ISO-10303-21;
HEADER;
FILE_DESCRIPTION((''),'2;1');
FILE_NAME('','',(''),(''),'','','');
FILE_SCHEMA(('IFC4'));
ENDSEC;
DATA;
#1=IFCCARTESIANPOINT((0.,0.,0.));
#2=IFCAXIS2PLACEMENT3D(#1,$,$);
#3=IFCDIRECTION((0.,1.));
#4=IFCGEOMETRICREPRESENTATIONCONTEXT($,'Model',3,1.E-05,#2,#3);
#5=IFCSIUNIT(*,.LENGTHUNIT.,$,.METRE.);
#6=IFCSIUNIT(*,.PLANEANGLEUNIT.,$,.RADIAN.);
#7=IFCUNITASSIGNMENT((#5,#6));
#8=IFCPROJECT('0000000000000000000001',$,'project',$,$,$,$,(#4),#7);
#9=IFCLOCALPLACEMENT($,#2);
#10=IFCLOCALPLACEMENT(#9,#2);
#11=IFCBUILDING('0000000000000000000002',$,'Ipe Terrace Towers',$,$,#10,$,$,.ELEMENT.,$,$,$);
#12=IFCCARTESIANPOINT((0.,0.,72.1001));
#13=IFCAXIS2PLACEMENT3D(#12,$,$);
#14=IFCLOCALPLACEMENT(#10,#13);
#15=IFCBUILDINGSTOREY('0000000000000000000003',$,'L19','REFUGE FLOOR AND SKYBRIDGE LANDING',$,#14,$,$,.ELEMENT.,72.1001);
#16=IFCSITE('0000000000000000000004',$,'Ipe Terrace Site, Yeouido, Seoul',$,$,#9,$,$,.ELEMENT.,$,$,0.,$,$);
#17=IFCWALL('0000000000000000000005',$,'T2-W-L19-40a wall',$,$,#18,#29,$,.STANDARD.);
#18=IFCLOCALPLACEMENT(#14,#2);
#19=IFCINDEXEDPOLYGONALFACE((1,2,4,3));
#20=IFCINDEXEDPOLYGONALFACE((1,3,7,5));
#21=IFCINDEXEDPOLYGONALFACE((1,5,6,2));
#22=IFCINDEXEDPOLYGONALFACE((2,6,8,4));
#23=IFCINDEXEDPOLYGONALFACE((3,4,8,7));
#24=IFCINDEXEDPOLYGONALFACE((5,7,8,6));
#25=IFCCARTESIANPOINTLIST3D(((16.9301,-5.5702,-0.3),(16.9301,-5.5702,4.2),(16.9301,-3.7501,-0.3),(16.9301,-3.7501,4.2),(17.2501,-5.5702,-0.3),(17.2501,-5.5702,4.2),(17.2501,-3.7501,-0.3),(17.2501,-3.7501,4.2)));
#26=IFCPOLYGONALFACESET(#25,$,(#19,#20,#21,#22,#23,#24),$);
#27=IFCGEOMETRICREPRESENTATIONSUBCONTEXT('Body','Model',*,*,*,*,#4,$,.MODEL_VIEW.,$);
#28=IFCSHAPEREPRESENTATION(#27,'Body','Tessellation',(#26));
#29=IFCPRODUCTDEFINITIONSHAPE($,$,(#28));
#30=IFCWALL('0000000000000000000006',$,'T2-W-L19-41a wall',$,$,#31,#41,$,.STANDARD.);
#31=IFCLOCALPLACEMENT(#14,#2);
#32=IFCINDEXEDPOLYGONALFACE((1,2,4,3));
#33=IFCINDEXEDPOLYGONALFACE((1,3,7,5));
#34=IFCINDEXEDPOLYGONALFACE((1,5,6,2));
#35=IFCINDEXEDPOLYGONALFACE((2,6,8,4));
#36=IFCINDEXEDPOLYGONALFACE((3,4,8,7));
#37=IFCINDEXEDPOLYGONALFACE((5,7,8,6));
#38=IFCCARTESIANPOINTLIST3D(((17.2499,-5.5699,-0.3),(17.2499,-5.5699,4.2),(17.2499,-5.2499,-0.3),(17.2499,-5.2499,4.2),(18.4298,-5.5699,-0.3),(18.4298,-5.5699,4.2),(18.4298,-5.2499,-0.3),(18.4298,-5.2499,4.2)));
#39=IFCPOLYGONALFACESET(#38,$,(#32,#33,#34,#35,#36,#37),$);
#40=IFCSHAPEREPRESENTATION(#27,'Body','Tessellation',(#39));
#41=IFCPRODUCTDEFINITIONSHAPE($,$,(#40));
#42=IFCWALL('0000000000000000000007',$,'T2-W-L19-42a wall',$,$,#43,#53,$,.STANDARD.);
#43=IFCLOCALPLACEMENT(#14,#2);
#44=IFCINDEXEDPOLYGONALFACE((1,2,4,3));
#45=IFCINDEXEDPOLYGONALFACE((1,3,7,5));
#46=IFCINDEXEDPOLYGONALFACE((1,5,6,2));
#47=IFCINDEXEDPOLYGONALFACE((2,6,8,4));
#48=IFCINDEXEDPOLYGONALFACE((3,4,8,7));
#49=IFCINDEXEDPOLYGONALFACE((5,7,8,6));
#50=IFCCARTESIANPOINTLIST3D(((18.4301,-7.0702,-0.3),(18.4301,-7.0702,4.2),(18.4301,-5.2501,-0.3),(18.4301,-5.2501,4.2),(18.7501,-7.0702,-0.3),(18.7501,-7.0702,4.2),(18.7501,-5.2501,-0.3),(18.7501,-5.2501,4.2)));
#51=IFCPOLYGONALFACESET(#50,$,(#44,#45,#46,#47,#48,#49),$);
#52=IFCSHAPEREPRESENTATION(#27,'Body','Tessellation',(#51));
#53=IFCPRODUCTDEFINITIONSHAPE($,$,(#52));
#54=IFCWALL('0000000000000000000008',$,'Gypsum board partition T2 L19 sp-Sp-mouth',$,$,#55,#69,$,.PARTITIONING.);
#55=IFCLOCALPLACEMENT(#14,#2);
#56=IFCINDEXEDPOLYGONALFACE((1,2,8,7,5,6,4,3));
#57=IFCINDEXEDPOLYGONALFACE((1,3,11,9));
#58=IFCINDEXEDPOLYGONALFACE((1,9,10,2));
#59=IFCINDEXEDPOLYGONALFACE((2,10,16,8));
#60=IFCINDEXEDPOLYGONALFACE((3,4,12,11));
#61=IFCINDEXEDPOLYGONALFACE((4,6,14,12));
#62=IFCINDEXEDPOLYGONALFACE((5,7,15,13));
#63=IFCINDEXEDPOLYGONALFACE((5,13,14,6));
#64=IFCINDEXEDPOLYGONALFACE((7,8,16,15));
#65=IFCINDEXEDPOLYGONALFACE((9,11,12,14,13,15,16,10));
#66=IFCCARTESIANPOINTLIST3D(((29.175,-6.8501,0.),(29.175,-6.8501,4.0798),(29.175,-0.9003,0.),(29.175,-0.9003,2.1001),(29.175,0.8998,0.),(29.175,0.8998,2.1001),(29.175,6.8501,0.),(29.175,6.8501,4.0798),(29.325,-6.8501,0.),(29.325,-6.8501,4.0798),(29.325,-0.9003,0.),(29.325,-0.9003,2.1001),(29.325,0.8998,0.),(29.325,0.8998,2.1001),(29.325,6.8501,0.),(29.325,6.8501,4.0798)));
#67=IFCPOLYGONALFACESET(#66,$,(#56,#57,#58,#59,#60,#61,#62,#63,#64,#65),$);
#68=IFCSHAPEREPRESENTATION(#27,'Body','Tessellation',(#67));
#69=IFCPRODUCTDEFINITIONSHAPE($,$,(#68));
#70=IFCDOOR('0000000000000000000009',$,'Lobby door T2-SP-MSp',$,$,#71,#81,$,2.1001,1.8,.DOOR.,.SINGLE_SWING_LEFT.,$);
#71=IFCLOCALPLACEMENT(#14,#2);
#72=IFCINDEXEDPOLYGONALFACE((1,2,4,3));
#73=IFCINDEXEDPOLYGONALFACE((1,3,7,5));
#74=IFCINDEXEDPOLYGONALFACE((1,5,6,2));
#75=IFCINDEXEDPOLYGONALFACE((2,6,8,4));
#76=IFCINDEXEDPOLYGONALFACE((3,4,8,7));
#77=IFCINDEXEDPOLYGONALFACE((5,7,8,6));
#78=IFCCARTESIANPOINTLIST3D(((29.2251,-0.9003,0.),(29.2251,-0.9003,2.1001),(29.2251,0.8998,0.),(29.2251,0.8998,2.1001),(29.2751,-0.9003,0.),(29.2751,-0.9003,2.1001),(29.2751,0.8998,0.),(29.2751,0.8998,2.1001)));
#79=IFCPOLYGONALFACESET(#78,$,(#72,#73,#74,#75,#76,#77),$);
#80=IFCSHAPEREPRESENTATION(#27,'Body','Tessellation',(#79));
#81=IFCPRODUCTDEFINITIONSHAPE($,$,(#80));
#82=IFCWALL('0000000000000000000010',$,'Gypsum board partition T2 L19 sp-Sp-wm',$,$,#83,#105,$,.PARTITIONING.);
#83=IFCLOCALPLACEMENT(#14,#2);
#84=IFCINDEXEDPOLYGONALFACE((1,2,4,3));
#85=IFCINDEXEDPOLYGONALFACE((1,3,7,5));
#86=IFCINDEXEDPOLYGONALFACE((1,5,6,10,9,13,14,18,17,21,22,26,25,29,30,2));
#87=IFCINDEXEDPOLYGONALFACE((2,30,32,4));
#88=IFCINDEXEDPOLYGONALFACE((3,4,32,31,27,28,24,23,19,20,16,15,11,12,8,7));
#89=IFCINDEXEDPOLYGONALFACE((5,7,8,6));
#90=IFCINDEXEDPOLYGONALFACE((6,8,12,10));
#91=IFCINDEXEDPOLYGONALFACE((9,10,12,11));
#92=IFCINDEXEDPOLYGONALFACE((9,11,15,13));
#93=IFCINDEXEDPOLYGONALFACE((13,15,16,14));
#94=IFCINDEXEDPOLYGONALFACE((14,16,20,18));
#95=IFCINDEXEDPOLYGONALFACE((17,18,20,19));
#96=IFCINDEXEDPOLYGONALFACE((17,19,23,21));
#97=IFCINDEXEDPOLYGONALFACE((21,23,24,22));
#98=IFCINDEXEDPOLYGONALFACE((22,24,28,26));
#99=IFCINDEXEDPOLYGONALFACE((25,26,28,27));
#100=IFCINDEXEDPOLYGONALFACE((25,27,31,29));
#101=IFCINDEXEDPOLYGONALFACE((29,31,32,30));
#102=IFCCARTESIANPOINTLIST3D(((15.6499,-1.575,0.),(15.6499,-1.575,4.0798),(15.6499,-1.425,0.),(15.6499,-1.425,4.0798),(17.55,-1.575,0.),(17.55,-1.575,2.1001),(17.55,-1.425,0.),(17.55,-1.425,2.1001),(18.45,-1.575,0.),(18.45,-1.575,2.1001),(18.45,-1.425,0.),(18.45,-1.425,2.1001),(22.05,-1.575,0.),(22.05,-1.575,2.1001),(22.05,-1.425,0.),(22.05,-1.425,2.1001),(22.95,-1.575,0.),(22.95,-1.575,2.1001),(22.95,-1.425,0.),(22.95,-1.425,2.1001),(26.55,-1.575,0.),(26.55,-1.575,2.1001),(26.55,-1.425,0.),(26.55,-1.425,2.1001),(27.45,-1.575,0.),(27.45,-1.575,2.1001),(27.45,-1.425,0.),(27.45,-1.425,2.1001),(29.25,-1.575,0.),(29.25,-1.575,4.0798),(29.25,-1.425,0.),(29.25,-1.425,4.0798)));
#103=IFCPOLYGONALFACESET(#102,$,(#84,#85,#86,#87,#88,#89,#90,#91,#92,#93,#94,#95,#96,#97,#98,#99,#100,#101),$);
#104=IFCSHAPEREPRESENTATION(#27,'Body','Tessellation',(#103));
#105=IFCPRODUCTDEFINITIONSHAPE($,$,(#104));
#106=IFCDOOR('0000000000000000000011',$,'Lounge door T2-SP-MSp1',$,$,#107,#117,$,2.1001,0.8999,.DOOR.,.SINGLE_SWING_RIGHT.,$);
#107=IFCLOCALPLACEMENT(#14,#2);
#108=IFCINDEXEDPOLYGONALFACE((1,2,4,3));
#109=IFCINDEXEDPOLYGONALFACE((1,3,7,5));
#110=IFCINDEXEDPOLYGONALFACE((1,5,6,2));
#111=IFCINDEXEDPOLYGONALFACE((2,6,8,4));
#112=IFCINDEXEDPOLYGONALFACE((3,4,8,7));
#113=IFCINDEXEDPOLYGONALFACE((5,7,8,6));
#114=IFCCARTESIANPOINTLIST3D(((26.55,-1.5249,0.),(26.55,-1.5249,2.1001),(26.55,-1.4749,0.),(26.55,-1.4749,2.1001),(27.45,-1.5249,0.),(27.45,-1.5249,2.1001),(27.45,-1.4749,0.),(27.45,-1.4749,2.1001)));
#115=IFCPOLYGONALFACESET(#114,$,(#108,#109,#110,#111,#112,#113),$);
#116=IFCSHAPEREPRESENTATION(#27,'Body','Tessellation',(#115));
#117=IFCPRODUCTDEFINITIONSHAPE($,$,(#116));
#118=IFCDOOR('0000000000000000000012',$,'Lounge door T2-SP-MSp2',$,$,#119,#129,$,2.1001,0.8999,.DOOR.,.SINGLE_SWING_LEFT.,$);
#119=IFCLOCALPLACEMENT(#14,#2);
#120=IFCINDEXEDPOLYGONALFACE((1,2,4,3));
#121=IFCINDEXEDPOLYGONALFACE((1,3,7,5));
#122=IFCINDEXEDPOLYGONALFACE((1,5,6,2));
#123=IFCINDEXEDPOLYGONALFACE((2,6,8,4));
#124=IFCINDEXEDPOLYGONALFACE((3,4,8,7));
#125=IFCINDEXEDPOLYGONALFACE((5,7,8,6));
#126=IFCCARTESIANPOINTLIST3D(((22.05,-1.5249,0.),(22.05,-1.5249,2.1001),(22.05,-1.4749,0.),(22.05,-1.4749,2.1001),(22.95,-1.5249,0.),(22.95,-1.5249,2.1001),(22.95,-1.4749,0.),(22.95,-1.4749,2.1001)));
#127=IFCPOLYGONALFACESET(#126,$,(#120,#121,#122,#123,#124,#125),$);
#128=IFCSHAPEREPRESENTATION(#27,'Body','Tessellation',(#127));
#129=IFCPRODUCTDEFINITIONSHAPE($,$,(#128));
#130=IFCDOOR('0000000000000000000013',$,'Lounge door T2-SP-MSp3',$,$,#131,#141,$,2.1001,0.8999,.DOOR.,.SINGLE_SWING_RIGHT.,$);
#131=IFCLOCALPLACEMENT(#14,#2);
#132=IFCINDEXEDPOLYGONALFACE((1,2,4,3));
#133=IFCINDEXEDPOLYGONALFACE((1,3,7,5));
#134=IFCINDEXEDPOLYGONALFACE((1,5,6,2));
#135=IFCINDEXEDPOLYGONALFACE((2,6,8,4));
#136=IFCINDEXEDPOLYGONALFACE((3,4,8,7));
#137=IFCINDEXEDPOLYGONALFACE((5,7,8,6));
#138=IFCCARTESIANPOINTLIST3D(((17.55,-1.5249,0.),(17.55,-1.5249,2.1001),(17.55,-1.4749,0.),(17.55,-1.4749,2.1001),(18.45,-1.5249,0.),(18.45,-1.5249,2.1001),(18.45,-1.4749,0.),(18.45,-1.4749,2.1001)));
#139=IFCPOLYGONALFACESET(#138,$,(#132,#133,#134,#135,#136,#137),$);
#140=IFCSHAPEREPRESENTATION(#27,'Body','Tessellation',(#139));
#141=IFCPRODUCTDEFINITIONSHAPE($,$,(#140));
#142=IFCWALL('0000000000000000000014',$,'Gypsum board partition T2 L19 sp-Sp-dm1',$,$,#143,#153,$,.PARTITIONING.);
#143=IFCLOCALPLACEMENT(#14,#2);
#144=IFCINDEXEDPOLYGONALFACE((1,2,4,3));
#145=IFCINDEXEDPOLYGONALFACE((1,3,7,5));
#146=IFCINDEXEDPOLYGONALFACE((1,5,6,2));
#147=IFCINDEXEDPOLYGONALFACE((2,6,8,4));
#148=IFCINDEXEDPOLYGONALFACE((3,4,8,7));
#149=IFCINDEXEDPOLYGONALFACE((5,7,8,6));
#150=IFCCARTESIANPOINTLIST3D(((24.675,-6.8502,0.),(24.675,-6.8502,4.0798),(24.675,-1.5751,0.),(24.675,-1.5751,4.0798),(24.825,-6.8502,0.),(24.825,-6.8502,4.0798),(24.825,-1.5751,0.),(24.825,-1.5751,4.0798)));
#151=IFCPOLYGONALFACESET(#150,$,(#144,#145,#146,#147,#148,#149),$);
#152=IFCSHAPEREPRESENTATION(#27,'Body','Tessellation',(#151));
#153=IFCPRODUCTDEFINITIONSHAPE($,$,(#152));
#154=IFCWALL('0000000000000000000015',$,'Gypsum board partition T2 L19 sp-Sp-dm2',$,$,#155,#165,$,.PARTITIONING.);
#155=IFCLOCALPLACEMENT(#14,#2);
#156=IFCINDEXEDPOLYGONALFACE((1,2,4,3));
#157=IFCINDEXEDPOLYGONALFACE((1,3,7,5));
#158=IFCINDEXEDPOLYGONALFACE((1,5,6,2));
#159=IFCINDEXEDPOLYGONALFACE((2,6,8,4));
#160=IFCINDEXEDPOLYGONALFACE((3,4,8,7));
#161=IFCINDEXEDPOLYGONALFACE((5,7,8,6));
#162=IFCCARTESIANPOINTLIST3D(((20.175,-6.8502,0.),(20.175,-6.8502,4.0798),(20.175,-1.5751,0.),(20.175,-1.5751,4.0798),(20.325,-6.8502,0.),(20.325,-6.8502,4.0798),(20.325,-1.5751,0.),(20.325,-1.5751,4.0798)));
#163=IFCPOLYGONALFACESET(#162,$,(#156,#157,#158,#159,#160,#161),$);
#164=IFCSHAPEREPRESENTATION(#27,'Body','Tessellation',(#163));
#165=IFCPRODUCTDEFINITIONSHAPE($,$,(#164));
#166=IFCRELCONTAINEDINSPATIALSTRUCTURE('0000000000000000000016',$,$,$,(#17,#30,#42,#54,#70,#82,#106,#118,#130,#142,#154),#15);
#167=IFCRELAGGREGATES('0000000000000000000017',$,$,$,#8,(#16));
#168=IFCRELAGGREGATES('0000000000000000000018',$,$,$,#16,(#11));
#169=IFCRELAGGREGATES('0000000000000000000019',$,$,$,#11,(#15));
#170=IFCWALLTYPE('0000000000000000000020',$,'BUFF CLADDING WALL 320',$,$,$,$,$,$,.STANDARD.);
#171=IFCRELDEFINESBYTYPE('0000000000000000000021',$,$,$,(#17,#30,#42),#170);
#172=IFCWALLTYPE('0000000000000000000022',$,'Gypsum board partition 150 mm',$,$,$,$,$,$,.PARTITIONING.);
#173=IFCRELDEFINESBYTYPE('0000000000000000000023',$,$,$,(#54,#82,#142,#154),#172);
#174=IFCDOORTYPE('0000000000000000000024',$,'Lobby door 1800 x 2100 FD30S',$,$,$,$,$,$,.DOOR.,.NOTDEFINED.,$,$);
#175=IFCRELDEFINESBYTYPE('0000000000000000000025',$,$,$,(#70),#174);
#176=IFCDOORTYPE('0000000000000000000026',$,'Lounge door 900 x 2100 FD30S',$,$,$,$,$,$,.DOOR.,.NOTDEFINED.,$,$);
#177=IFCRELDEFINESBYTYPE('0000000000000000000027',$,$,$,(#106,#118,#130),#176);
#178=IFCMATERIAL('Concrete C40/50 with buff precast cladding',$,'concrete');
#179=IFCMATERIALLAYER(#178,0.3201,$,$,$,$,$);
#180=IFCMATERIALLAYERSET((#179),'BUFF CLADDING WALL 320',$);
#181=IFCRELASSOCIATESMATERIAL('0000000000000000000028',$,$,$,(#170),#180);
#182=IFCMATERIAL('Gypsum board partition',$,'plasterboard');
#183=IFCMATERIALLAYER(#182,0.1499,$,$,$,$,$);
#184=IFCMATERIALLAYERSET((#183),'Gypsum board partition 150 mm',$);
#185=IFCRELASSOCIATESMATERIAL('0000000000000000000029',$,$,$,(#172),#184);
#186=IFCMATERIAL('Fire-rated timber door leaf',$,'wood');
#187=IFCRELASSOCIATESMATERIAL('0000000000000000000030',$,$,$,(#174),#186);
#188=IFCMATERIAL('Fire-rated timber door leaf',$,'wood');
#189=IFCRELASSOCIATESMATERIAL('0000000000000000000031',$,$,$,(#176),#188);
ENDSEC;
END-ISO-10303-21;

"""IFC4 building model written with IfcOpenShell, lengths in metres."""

from ifc_helpers import new_model, si_unit, direction, frame, frame_2d, origin, place, context, subcontext, project, spatial, rectangle, extrude, material, layer, layer_set, type_object, element, fill, save


model = new_model("IFC4")

# Units and contexts
model_context = context("Model", 3, precision=1e-05, world=origin(), true_north=direction((0.0, 1.0)))
body_context = subcontext(model_context, "Body", "Model", "MODEL_VIEW")
ifc_project = project(units=[si_unit("LENGTHUNIT", "METRE"), si_unit("PLANEANGLEUNIT", "RADIAN")], contexts=[model_context])

# Site, building, storey
site_placement = place(None, origin())
site = spatial("IfcSite", under=ifc_project, at=site_placement, Name="Ipe Terrace Site, Yeouido, Seoul", CompositionType="ELEMENT", RefElevation=0.0)
building_placement = place(site_placement, origin())
building = spatial("IfcBuilding", under=site, at=building_placement, Name="Ipe Terrace Towers", CompositionType="ELEMENT")
storey_placement = place(building_placement, frame((0.0, 0.0, 72.1001)))
storey = spatial("IfcBuildingStorey", under=building, at=storey_placement, Name="L19", Description="REFUGE FLOOR AND SKYBRIDGE LANDING", CompositionType="ELEMENT", Elevation=72.1001)

# Walls
ifc_material_1 = material(Name="Concrete C40/50 with buff precast cladding", Category="concrete")
ifc_layer_1 = layer(ifc_material_1, 0.3201)
ifc_layer_set_1 = layer_set([ifc_layer_1], Name="BUFF CLADDING WALL 320")
wall_type_1 = type_object("IfcWallType", Name="BUFF CLADDING WALL 320", PredefinedType="STANDARD", material=ifc_layer_set_1)
wall_1_placement = place(storey_placement, frame((17.0901, -3.75, -0.3), z_axis=(0.0, 0.0, 1.0), x_axis=(0.0, -1.0, 0.0)))
element("IfcWall", 1, at=wall_1_placement, inside=storey, type_object=wall_type_1, Name="T2-W-L19-40a wall", PredefinedType="STANDARD", context=body_context, shape_type="SweptSolid", body=[
    extrude(rectangle(XDim=1.8201, YDim=0.3201, at=frame_2d((0.9102, 0.0))), origin(), (0.0, 0.0, 1.0), 4.5),
])
wall_2_placement = place(storey_placement, frame((17.25, -5.4099, -0.3), z_axis=(0.0, 0.0, 1.0), x_axis=(1.0, 0.0, 0.0)))
element("IfcWall", 2, at=wall_2_placement, inside=storey, type_object=wall_type_1, Name="T2-W-L19-41a wall", PredefinedType="STANDARD", context=body_context, shape_type="SweptSolid", body=[
    extrude(rectangle(XDim=1.1799, YDim=0.3201, at=frame_2d((0.5898, 0.0))), origin(), (0.0, 0.0, 1.0), 4.5),
])
wall_3_placement = place(storey_placement, frame((18.5901, -5.25, -0.3), z_axis=(0.0, 0.0, 1.0), x_axis=(0.0, -1.0, 0.0)))
element("IfcWall", 3, at=wall_3_placement, inside=storey, type_object=wall_type_1, Name="T2-W-L19-42a wall", PredefinedType="STANDARD", context=body_context, shape_type="SweptSolid", body=[
    extrude(rectangle(XDim=1.8201, YDim=0.3201, at=frame_2d((0.9102, 0.0))), origin(), (0.0, 0.0, 1.0), 4.5),
])

# Wall, opening, door
ifc_material_2 = material(Name="Gypsum board partition", Category="plasterboard")
ifc_layer_2 = layer(ifc_material_2, 0.1499)
ifc_layer_set_2 = layer_set([ifc_layer_2], Name="Gypsum board partition 150 mm")
wall_type_2 = type_object("IfcWallType", Name="Gypsum board partition 150 mm", PredefinedType="PARTITIONING", material=ifc_layer_set_2)
wall_4_placement = place(storey_placement, frame((29.25, -6.8501, 0.0), z_axis=(0.0, 0.0, 1.0), x_axis=(0.0, 1.0, 0.0)))
wall_4 = element("IfcWall", 4, at=wall_4_placement, inside=storey, type_object=wall_type_2, Name="Gypsum board partition T2 L19 sp-Sp-mouth", PredefinedType="PARTITIONING", context=body_context, shape_type="SweptSolid", body=[
    extrude(rectangle(XDim=13.7002, YDim=0.1499, at=frame_2d((6.8501, 0.0))), origin(), (0.0, 0.0, 1.0), 4.0798),
])
opening_1_placement = place(wall_4_placement, frame((5.95, 0.0, 0.0)))
opening_1 = element("IfcOpeningElement", 5, at=opening_1_placement, cuts=wall_4, PredefinedType="OPENING", context=body_context, shape_type="SweptSolid", body=[
    extrude(rectangle(XDim=1.8, YDim=2.1001, at=frame_2d((0.8999, 1.05))), frame((0.0, 0.085, 0.0), z_axis=(0.0, -1.0, 0.0), x_axis=(1.0, 0.0, 0.0)), (0.0, 0.0, 1.0), 0.1699),
])
ifc_material_3 = material(Name="Fire-rated timber door leaf", Category="wood")
door_type_1 = type_object("IfcDoorType", Name="Lobby door 1800 x 2100 FD30S", OperationType="NOTDEFINED", PredefinedType="DOOR", material=ifc_material_3)
door_1_placement = place(opening_1_placement, origin())
door_1 = element("IfcDoor", 6, at=door_1_placement, inside=storey, type_object=door_type_1, Name="Lobby door T2-SP-MSp", OperationType="SINGLE_SWING_LEFT", OverallHeight=2.1001, OverallWidth=1.8, PredefinedType="DOOR", context=body_context, shape_type="SweptSolid", body=[
    extrude(rectangle(XDim=1.8, YDim=2.1001, at=frame_2d((0.8999, 1.05))), frame((0.0, 0.0249, 0.0), z_axis=(0.0, -1.0, 0.0), x_axis=(1.0, 0.0, 0.0)), (0.0, 0.0, 1.0), 0.05),
])
fill(opening_1, door_1)

# Wall, openings, doors
wall_5_placement = place(storey_placement, frame((29.25, -1.5, 0.0), z_axis=(0.0, 0.0, 1.0), x_axis=(-1.0, 0.0, 0.0)))
wall_5 = element("IfcWall", 7, at=wall_5_placement, inside=storey, type_object=wall_type_2, Name="Gypsum board partition T2 L19 sp-Sp-wm", PredefinedType="PARTITIONING", context=body_context, shape_type="SweptSolid", body=[
    extrude(rectangle(XDim=13.6001, YDim=0.1499, at=frame_2d((6.8, 0.0))), origin(), (0.0, 0.0, 1.0), 4.0798),
])
opening_2_placement = place(wall_5_placement, frame((1.8, 0.0, 0.0)))
opening_2 = element("IfcOpeningElement", 8, at=opening_2_placement, cuts=wall_5, PredefinedType="OPENING", context=body_context, shape_type="SweptSolid", body=[
    extrude(rectangle(XDim=0.8999, YDim=2.1001, at=frame_2d((0.45, 1.05))), frame((0.0, 0.085, 0.0), z_axis=(0.0, -1.0, 0.0), x_axis=(1.0, 0.0, 0.0)), (0.0, 0.0, 1.0), 0.1699),
])
opening_3_placement = place(wall_5_placement, frame((6.3, 0.0, 0.0)))
opening_3 = element("IfcOpeningElement", 9, at=opening_3_placement, cuts=wall_5, PredefinedType="OPENING", context=body_context, shape_type="SweptSolid", body=[
    extrude(rectangle(XDim=0.8999, YDim=2.1001, at=frame_2d((0.45, 1.05))), frame((0.0, 0.085, 0.0), z_axis=(0.0, -1.0, 0.0), x_axis=(1.0, 0.0, 0.0)), (0.0, 0.0, 1.0), 0.1699),
])
opening_4_placement = place(wall_5_placement, frame((10.8, 0.0, 0.0)))
opening_4 = element("IfcOpeningElement", 10, at=opening_4_placement, cuts=wall_5, PredefinedType="OPENING", context=body_context, shape_type="SweptSolid", body=[
    extrude(rectangle(XDim=0.8999, YDim=2.1001, at=frame_2d((0.45, 1.05))), frame((0.0, 0.085, 0.0), z_axis=(0.0, -1.0, 0.0), x_axis=(1.0, 0.0, 0.0)), (0.0, 0.0, 1.0), 0.1699),
])
ifc_material_4 = material(Name="Fire-rated timber door leaf", Category="wood")
door_type_2 = type_object("IfcDoorType", Name="Lounge door 900 x 2100 FD30S", OperationType="NOTDEFINED", PredefinedType="DOOR", material=ifc_material_4)
door_2_placement = place(opening_2_placement, origin())
door_2 = element("IfcDoor", 11, at=door_2_placement, inside=storey, type_object=door_type_2, Name="Lounge door T2-SP-MSp1", OperationType="SINGLE_SWING_RIGHT", OverallHeight=2.1001, OverallWidth=0.8999, PredefinedType="DOOR", context=body_context, shape_type="SweptSolid", body=[
    extrude(rectangle(XDim=0.8999, YDim=2.1001, at=frame_2d((0.45, 1.05))), frame((0.0, 0.0249, 0.0), z_axis=(0.0, -1.0, 0.0), x_axis=(1.0, 0.0, 0.0)), (0.0, 0.0, 1.0), 0.05),
])
fill(opening_2, door_2)
door_3_placement = place(opening_3_placement, origin())
door_3 = element("IfcDoor", 12, at=door_3_placement, inside=storey, type_object=door_type_2, Name="Lounge door T2-SP-MSp2", OperationType="SINGLE_SWING_LEFT", OverallHeight=2.1001, OverallWidth=0.8999, PredefinedType="DOOR", context=body_context, shape_type="SweptSolid", body=[
    extrude(rectangle(XDim=0.8999, YDim=2.1001, at=frame_2d((0.45, 1.05))), frame((0.0, 0.0249, 0.0), z_axis=(0.0, -1.0, 0.0), x_axis=(1.0, 0.0, 0.0)), (0.0, 0.0, 1.0), 0.05),
])
fill(opening_3, door_3)
door_4_placement = place(opening_4_placement, origin())
door_4 = element("IfcDoor", 13, at=door_4_placement, inside=storey, type_object=door_type_2, Name="Lounge door T2-SP-MSp3", OperationType="SINGLE_SWING_RIGHT", OverallHeight=2.1001, OverallWidth=0.8999, PredefinedType="DOOR", context=body_context, shape_type="SweptSolid", body=[
    extrude(rectangle(XDim=0.8999, YDim=2.1001, at=frame_2d((0.45, 1.05))), frame((0.0, 0.0249, 0.0), z_axis=(0.0, -1.0, 0.0), x_axis=(1.0, 0.0, 0.0)), (0.0, 0.0, 1.0), 0.05),
])
fill(opening_4, door_4)

# Walls
for number, where, z_axis, x_axis, name in (
    (14, (24.75, -1.575, 0.0), (0.0, 0.0, 1.0), (0.0, -1.0, 0.0), "Gypsum board partition T2 L19 sp-Sp-dm1"),
    (15, (20.25, -1.575, 0.0), (0.0, 0.0, 1.0), (0.0, -1.0, 0.0), "Gypsum board partition T2 L19 sp-Sp-dm2"),
):
    element("IfcWall", number, at=place(storey_placement, frame(where, z_axis=z_axis, x_axis=x_axis)), inside=storey, type_object=wall_type_2, Name=name, PredefinedType="PARTITIONING", context=body_context, shape_type="SweptSolid", body=[
        extrude(rectangle(XDim=5.2751, YDim=0.1499, at=frame_2d((2.6377, 0.0))), origin(), (0.0, 0.0, 1.0), 4.0798),
    ])

save(model, "model.ifc")
